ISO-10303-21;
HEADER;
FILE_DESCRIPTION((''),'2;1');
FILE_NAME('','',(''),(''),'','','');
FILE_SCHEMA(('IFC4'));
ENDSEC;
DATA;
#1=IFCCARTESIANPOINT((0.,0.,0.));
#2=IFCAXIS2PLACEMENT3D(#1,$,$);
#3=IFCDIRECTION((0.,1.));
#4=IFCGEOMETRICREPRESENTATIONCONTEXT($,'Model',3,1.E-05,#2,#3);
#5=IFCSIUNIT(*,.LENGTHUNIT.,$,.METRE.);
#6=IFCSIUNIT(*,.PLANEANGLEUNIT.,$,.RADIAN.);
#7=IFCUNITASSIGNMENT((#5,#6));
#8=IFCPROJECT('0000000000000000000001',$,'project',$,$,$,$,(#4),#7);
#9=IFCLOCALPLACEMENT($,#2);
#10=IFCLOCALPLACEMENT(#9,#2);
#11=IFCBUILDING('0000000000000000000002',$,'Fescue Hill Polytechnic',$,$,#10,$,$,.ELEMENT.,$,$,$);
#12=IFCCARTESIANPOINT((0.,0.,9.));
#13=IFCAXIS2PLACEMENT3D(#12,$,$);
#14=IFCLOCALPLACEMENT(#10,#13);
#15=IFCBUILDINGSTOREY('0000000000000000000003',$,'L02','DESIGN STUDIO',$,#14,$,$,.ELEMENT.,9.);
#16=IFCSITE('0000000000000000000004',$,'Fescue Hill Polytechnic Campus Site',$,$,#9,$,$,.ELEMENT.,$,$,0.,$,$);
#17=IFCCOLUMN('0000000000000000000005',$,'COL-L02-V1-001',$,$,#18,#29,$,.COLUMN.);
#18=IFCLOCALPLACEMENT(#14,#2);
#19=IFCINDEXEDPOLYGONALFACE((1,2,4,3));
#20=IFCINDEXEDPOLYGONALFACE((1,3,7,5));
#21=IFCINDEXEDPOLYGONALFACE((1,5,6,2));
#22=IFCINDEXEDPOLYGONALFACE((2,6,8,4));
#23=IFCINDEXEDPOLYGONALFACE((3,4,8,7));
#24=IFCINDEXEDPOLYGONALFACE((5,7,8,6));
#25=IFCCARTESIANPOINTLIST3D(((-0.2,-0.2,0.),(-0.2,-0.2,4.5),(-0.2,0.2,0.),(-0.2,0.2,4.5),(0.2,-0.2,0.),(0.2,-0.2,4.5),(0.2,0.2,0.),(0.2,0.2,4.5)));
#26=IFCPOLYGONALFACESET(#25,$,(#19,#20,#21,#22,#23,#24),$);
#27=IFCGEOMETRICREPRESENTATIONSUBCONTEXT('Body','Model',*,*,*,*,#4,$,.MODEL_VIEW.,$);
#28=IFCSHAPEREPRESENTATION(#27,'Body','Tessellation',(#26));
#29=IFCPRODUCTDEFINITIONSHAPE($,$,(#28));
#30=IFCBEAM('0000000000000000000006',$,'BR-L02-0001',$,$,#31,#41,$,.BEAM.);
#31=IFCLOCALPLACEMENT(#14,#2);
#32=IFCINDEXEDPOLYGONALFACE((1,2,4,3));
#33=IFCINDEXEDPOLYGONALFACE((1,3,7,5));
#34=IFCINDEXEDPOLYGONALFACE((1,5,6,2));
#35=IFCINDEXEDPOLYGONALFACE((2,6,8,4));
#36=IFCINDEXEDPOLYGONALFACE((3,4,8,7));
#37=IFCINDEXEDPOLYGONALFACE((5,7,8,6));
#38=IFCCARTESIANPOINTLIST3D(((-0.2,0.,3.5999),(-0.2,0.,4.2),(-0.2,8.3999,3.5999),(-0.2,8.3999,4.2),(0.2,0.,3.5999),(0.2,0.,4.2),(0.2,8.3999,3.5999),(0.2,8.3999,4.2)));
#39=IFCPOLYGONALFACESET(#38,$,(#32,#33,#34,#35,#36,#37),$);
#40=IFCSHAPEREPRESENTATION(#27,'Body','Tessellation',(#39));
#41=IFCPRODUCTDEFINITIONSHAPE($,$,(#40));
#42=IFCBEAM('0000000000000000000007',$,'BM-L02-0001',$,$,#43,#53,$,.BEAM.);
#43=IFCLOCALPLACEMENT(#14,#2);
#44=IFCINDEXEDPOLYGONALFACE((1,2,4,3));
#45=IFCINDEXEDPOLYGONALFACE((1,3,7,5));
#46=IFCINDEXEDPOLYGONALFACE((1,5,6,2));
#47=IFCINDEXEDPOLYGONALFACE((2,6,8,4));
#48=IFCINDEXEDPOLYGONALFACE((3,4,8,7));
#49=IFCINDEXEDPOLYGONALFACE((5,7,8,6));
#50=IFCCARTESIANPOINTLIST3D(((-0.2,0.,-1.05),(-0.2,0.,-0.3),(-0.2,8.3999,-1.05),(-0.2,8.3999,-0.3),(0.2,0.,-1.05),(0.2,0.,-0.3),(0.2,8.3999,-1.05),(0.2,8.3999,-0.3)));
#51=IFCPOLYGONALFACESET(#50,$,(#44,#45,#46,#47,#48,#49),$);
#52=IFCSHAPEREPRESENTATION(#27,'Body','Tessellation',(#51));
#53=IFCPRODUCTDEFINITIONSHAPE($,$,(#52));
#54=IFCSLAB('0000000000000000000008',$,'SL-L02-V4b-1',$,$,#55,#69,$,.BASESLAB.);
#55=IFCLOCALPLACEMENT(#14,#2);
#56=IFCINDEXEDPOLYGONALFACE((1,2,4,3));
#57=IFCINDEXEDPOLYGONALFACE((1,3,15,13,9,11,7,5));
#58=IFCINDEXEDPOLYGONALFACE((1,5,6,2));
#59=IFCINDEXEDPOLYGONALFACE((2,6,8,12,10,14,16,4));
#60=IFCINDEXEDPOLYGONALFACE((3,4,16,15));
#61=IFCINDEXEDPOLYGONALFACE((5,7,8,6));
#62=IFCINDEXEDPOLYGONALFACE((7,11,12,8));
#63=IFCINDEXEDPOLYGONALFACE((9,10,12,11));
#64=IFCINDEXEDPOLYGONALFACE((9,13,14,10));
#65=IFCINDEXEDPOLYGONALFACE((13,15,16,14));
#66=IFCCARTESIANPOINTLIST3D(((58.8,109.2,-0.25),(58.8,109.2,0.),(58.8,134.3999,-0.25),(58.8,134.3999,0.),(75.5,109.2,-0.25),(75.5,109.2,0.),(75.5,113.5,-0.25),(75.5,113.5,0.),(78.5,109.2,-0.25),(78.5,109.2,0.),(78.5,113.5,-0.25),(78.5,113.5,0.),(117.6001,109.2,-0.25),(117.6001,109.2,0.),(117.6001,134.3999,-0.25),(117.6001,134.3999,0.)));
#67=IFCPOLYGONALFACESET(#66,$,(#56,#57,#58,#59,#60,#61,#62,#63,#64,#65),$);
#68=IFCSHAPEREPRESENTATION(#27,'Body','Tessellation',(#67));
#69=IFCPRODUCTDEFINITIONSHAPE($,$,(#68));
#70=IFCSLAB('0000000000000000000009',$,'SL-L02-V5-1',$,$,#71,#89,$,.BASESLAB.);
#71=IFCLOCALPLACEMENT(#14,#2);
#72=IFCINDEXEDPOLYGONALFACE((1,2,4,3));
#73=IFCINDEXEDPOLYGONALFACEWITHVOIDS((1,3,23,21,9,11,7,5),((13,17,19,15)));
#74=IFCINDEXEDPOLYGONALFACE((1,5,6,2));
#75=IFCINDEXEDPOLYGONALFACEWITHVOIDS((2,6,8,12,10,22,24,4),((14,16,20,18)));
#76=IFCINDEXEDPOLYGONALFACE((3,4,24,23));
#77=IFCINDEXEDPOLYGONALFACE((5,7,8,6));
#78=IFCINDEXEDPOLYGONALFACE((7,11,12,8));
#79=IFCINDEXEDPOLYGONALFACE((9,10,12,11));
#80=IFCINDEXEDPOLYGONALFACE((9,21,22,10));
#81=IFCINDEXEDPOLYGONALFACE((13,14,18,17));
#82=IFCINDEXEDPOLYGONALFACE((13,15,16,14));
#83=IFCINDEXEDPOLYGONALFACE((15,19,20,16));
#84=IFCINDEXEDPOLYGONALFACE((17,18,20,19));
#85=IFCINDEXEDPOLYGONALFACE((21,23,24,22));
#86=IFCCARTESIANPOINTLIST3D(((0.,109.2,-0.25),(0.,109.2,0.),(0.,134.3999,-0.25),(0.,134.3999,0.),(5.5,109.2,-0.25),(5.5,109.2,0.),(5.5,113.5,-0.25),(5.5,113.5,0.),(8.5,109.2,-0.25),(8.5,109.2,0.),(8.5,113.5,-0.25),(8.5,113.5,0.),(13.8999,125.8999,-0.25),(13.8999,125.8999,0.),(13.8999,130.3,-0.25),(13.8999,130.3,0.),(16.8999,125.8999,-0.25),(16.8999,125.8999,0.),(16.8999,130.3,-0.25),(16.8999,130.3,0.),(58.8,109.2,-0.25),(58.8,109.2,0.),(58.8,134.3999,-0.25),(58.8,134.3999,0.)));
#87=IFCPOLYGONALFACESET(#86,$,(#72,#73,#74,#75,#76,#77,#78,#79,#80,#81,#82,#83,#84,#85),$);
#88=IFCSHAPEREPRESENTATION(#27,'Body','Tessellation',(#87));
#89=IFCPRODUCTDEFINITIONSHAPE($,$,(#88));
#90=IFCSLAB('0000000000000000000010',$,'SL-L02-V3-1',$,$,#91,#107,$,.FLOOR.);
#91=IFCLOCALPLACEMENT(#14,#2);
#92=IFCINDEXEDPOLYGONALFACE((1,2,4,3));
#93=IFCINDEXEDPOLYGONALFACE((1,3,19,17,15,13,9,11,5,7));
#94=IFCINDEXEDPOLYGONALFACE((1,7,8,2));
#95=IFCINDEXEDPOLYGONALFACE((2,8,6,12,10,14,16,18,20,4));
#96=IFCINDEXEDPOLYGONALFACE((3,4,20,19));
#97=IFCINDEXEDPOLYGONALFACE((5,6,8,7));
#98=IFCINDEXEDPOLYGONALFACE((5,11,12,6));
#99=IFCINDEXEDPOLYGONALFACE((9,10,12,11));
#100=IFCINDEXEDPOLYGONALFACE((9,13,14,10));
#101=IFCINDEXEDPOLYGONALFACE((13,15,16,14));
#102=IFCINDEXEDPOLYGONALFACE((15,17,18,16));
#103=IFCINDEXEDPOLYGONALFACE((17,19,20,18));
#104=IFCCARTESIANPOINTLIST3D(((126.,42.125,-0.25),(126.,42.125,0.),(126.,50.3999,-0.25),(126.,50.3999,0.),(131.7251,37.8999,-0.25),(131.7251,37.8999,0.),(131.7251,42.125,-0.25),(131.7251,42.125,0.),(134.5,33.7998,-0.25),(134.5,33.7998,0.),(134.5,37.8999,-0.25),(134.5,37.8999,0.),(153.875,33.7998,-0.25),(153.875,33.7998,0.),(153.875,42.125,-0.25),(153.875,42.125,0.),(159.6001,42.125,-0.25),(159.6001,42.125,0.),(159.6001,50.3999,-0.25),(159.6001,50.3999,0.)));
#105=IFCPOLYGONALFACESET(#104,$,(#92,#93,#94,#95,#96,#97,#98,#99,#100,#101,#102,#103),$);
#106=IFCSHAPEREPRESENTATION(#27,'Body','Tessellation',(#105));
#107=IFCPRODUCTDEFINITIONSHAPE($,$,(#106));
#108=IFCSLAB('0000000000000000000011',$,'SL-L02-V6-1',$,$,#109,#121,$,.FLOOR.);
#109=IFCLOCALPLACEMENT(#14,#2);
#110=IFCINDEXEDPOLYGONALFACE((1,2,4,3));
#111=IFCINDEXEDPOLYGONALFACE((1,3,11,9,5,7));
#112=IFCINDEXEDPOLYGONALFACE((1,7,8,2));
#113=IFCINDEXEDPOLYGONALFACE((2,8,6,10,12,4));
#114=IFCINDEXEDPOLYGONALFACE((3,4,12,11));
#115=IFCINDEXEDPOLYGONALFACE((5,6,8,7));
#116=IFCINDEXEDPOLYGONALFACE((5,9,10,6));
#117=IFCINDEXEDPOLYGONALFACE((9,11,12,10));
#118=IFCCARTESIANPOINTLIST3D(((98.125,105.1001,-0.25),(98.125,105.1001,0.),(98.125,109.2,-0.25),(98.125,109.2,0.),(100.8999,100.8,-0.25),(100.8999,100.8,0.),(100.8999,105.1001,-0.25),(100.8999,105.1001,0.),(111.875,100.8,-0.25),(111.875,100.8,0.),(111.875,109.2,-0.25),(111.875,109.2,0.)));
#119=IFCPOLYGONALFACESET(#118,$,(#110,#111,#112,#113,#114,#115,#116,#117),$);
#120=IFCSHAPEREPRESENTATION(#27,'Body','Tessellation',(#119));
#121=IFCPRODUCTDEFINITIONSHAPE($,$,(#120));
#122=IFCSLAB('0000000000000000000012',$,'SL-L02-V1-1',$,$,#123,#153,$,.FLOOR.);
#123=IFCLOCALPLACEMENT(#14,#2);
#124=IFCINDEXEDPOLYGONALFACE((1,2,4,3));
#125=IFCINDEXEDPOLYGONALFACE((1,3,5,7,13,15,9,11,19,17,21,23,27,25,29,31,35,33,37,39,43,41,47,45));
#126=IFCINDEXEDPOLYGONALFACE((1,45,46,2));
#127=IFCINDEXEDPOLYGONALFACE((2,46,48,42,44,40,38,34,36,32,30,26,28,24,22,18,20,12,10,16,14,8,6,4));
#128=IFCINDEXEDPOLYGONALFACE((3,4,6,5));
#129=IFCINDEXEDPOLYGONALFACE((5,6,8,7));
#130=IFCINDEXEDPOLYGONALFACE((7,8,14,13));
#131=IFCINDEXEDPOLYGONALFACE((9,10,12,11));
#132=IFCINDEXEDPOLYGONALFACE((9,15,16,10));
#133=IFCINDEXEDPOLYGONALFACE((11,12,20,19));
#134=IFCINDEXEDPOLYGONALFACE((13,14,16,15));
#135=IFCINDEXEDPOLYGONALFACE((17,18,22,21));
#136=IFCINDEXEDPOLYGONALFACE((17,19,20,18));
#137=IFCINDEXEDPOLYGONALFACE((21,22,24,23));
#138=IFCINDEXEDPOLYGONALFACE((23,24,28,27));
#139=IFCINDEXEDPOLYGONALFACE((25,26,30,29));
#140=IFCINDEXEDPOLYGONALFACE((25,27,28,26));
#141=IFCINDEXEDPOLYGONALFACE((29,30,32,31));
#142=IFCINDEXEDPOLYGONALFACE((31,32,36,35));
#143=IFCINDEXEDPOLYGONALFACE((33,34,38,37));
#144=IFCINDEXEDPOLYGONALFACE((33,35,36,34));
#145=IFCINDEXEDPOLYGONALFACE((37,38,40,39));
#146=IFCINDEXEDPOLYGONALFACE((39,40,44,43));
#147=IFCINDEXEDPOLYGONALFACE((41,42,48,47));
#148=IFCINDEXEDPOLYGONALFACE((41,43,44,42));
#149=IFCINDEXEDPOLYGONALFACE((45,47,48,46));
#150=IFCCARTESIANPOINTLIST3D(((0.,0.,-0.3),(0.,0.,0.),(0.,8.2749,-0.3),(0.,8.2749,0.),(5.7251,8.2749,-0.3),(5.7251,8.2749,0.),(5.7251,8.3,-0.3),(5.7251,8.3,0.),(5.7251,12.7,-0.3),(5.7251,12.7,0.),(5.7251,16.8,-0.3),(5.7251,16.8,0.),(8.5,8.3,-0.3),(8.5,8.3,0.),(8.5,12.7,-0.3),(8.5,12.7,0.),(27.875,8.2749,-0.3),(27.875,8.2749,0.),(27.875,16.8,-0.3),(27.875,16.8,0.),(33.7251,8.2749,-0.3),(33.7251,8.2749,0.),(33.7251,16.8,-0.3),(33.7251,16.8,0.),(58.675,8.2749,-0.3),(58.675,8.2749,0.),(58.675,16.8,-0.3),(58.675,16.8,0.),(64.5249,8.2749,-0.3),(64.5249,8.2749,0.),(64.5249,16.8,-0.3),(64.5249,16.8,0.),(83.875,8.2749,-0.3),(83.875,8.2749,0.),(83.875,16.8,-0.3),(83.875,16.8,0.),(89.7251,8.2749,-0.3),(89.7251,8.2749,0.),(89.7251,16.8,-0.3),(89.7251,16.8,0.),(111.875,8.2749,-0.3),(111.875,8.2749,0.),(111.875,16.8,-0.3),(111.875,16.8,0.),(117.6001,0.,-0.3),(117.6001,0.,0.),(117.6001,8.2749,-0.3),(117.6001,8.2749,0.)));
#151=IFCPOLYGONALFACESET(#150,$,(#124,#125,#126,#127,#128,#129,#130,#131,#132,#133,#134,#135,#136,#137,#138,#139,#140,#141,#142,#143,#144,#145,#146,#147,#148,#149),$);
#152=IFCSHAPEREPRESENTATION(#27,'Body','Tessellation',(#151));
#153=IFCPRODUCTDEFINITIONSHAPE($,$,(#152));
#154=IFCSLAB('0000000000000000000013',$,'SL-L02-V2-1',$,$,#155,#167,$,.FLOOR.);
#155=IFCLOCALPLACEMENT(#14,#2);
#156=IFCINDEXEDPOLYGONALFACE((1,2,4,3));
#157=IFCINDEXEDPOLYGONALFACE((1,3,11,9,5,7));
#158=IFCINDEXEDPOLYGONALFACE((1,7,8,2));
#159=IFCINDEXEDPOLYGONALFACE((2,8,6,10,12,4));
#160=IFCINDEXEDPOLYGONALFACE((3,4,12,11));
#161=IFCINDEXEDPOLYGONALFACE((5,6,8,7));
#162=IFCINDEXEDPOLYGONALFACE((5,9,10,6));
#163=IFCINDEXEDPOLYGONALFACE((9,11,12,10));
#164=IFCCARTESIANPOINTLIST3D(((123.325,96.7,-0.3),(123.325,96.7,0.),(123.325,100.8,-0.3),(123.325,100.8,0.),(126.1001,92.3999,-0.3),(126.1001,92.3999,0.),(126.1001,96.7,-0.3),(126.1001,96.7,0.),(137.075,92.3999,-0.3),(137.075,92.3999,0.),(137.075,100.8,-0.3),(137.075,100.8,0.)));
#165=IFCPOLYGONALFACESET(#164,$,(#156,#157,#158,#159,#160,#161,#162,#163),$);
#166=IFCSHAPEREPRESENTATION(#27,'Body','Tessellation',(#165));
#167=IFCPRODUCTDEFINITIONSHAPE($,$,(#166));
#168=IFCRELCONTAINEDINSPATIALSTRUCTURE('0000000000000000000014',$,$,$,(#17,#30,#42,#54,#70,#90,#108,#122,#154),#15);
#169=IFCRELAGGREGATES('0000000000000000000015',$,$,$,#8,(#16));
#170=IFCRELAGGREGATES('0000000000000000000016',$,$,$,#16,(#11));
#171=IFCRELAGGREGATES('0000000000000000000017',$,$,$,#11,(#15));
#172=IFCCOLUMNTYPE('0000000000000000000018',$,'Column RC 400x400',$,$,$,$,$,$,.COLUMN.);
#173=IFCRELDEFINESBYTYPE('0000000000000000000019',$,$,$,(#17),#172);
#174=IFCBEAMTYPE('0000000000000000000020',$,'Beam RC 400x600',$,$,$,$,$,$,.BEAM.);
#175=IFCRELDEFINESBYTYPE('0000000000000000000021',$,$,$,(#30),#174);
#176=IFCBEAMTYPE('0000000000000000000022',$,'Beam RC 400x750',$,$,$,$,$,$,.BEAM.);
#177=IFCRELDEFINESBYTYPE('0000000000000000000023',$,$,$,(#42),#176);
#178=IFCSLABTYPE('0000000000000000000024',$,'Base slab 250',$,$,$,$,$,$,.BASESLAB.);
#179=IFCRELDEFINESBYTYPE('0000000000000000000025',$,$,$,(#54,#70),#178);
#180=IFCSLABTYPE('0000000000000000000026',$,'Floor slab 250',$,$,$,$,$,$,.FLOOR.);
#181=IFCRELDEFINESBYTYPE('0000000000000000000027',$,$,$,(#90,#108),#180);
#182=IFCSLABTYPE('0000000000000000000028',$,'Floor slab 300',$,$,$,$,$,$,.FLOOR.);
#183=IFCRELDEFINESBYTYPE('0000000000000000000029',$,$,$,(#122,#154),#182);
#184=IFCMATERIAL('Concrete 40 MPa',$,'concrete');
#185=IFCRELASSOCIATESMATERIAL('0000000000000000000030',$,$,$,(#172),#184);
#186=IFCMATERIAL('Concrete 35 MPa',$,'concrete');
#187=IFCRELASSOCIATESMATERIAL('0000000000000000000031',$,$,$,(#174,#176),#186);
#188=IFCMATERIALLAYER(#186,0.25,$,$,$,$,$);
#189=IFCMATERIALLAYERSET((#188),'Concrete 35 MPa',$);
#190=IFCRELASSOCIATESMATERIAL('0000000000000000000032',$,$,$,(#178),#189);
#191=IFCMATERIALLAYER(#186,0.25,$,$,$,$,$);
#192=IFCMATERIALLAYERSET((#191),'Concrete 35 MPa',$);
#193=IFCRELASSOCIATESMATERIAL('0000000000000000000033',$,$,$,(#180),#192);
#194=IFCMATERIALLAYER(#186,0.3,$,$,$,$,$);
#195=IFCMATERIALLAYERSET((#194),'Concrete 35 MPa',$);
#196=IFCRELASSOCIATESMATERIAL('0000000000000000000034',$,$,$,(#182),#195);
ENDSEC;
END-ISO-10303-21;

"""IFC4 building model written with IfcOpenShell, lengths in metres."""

from ifc_helpers import new_model, si_unit, direction, frame, origin, origin_with_axes, origin_2d, place, context, subcontext, project, spatial, polyline, rectangle, outline, extrude, material, layer, layer_set, material_profile, profile_set, type_object, element, save


model = new_model("IFC4")

# Units and contexts
model_context = context("Model", 3, precision=1e-05, world=origin(), true_north=direction((0.0, 1.0)))
body_context = subcontext(model_context, "Body", "Model", "MODEL_VIEW")
ifc_project = project(units=[si_unit("LENGTHUNIT", "METRE"), si_unit("PLANEANGLEUNIT", "RADIAN")], contexts=[model_context])

# Site, building, storey
site_placement = place(None, origin())
site = spatial("IfcSite", under=ifc_project, at=site_placement, Name="Fescue Hill Polytechnic Campus Site", CompositionType="ELEMENT", RefElevation=0.0)
building_placement = place(site_placement, origin())
building = spatial("IfcBuilding", under=site, at=building_placement, Name="Fescue Hill Polytechnic", CompositionType="ELEMENT")
storey_placement = place(building_placement, frame((0.0, 0.0, 9.0)))
storey = spatial("IfcBuildingStorey", under=building, at=storey_placement, Name="L02", Description="DESIGN STUDIO", CompositionType="ELEMENT", Elevation=9.0)

# Column
ifc_material_1 = material(Name="Concrete 40 MPa", Category="concrete")
ifc_material_profile_1 = material_profile(ifc_material_1, rectangle(XDim=0.3999, YDim=0.3999, at=origin_2d()), Name="RC 400x400")
ifc_profile_set_1 = profile_set([ifc_material_profile_1], Name="Concrete 40 MPa")
column_type = type_object("IfcColumnType", Name="Column RC 400x400", PredefinedType="COLUMN", material=ifc_profile_set_1)
column_placement = place(storey_placement, origin_with_axes())
element("IfcColumn", 1, at=column_placement, inside=storey, type_object=column_type, Name="COL-L02-V1-001", PredefinedType="COLUMN", context=body_context, shape_type="SweptSolid", body=[
    extrude(rectangle(XDim=0.3999, YDim=0.3999, at=origin_2d()), origin(), (0.0, 0.0, 1.0), 4.5),
])

# Beams
ifc_material_2 = material(Name="Concrete 35 MPa", Category="concrete")
ifc_material_profile_2 = material_profile(ifc_material_2, rectangle(XDim=0.3999, YDim=0.6001, at=origin_2d()), Name="RC 400x600")
ifc_profile_set_2 = profile_set([ifc_material_profile_2], Name="Concrete 35 MPa")
beam_type_1 = type_object("IfcBeamType", Name="Beam RC 400x600", PredefinedType="BEAM", material=ifc_profile_set_2)
beam_1_placement = place(storey_placement, frame((0.0, 0.0, 3.8999), z_axis=(0.0, 1.0, 0.0), x_axis=(-1.0, 0.0, 0.0)))
element("IfcBeam", 2, at=beam_1_placement, inside=storey, type_object=beam_type_1, Name="BR-L02-0001", PredefinedType="BEAM", context=body_context, shape_type="SweptSolid", body=[
    extrude(rectangle(XDim=0.3999, YDim=0.6001, at=origin_2d()), origin(), (0.0, 0.0, 1.0), 8.3999),
])
ifc_material_profile_3 = material_profile(ifc_material_2, rectangle(XDim=0.3999, YDim=0.75, at=origin_2d()), Name="RC 400x750")
ifc_profile_set_3 = profile_set([ifc_material_profile_3], Name="Concrete 35 MPa")
beam_type_2 = type_object("IfcBeamType", Name="Beam RC 400x750", PredefinedType="BEAM", material=ifc_profile_set_3)
beam_2_placement = place(storey_placement, frame((0.0, 0.0, -0.675), z_axis=(0.0, 1.0, 0.0), x_axis=(-1.0, 0.0, 0.0)))
element("IfcBeam", 3, at=beam_2_placement, inside=storey, type_object=beam_type_2, Name="BM-L02-0001", PredefinedType="BEAM", context=body_context, shape_type="SweptSolid", body=[
    extrude(rectangle(XDim=0.3999, YDim=0.75, at=origin_2d()), origin(), (0.0, 0.0, 1.0), 8.3999),
])

# Slabs
ifc_layer_1 = layer(ifc_material_2, 0.25)
ifc_layer_set_1 = layer_set([ifc_layer_1], Name="Concrete 35 MPa")
slab_type_1 = type_object("IfcSlabType", Name="Base slab 250", PredefinedType="BASESLAB", material=ifc_layer_set_1)
slab_1_placement = place(storey_placement, frame((0.0, 0.0, -0.25)))
element("IfcSlab", 4, at=slab_1_placement, inside=storey, type_object=slab_type_1, Name="SL-L02-V4b-1", PredefinedType="BASESLAB", context=body_context, shape_type="SweptSolid", body=[
    extrude(outline(polyline([(58.8, 109.2), (58.8, 134.3999), (117.6001, 134.3999), (117.6001, 109.2), (78.5, 109.2), (78.5, 113.5), (75.5, 113.5), (75.5, 109.2), (58.8, 109.2)])), origin(), (0.0, 0.0, 1.0), 0.25),
])
slab_2_placement = place(storey_placement, frame((0.0, 0.0, -0.25)))
element("IfcSlab", 5, at=slab_2_placement, inside=storey, type_object=slab_type_1, Name="SL-L02-V5-1", PredefinedType="BASESLAB", context=body_context, shape_type="SweptSolid", body=[
    extrude(outline(polyline([(0.0, 109.2), (0.0, 134.3999), (58.8, 134.3999), (58.8, 109.2), (8.5, 109.2), (8.5, 113.5), (5.5, 113.5), (5.5, 109.2), (0.0, 109.2)]), holes=[polyline([(16.8999, 125.8999), (16.8999, 130.3), (13.8999, 130.3), (13.8999, 125.8999), (16.8999, 125.8999)])]), origin(), (0.0, 0.0, 1.0), 0.25),
])
ifc_layer_2 = layer(ifc_material_2, 0.25)
ifc_layer_set_2 = layer_set([ifc_layer_2], Name="Concrete 35 MPa")
slab_type_2 = type_object("IfcSlabType", Name="Floor slab 250", PredefinedType="FLOOR", material=ifc_layer_set_2)
slab_3_placement = place(storey_placement, frame((0.0, 0.0, -0.25)))
element("IfcSlab", 6, at=slab_3_placement, inside=storey, type_object=slab_type_2, Name="SL-L02-V3-1", PredefinedType="FLOOR", context=body_context, shape_type="SweptSolid", body=[
    extrude(outline(polyline([(159.6001, 50.3999), (159.6001, 42.125), (153.875, 42.125), (153.875, 33.7998), (134.5, 33.7998), (134.5, 37.8999), (131.7251, 37.8999), (131.7251, 42.125), (126.0, 42.125), (126.0, 50.3999), (159.6001, 50.3999)])), origin(), (0.0, 0.0, 1.0), 0.25),
])
slab_4_placement = place(storey_placement, frame((0.0, 0.0, -0.25)))
element("IfcSlab", 7, at=slab_4_placement, inside=storey, type_object=slab_type_2, Name="SL-L02-V6-1", PredefinedType="FLOOR", context=body_context, shape_type="SweptSolid", body=[
    extrude(outline(polyline([(111.875, 109.2), (111.875, 100.8), (100.8999, 100.8), (100.8999, 105.1001), (98.125, 105.1001), (98.125, 109.2), (111.875, 109.2)])), origin(), (0.0, 0.0, 1.0), 0.25),
])
ifc_layer_3 = layer(ifc_material_2, 0.3)
ifc_layer_set_3 = layer_set([ifc_layer_3], Name="Concrete 35 MPa")
slab_type_3 = type_object("IfcSlabType", Name="Floor slab 300", PredefinedType="FLOOR", material=ifc_layer_set_3)
slab_5_placement = place(storey_placement, frame((0.0, 0.0, -0.3)))
element("IfcSlab", 8, at=slab_5_placement, inside=storey, type_object=slab_type_3, Name="SL-L02-V1-1", PredefinedType="FLOOR", context=body_context, shape_type="SweptSolid", body=[
    extrude(outline(polyline([(117.6001, 0.0), (0.0, 0.0), (0.0, 8.2749), (5.7251, 8.2749), (5.7251, 8.3), (8.5, 8.3), (8.5, 12.7), (5.7251, 12.7), (5.7251, 16.8), (27.875, 16.8), (27.875, 8.2749), (33.7251, 8.2749), (33.7251, 16.8), (58.675, 16.8), (58.675, 8.2749), (64.5249, 8.2749), (64.5249, 16.8), (83.875, 16.8), (83.875, 8.2749), (89.7251, 8.2749), (89.7251, 16.8), (111.875, 16.8), (111.875, 8.2749), (117.6001, 8.2749), (117.6001, 0.0)])), origin(), (0.0, 0.0, 1.0), 0.3),
])
slab_6_placement = place(storey_placement, frame((0.0, 0.0, -0.3)))
element("IfcSlab", 9, at=slab_6_placement, inside=storey, type_object=slab_type_3, Name="SL-L02-V2-1", PredefinedType="FLOOR", context=body_context, shape_type="SweptSolid", body=[
    extrude(outline(polyline([(137.075, 100.8), (137.075, 92.3999), (126.1001, 92.3999), (126.1001, 96.7), (123.325, 96.7), (123.325, 100.8), (137.075, 100.8)])), origin(), (0.0, 0.0, 1.0), 0.3),
])

save(model, "model.ifc")
